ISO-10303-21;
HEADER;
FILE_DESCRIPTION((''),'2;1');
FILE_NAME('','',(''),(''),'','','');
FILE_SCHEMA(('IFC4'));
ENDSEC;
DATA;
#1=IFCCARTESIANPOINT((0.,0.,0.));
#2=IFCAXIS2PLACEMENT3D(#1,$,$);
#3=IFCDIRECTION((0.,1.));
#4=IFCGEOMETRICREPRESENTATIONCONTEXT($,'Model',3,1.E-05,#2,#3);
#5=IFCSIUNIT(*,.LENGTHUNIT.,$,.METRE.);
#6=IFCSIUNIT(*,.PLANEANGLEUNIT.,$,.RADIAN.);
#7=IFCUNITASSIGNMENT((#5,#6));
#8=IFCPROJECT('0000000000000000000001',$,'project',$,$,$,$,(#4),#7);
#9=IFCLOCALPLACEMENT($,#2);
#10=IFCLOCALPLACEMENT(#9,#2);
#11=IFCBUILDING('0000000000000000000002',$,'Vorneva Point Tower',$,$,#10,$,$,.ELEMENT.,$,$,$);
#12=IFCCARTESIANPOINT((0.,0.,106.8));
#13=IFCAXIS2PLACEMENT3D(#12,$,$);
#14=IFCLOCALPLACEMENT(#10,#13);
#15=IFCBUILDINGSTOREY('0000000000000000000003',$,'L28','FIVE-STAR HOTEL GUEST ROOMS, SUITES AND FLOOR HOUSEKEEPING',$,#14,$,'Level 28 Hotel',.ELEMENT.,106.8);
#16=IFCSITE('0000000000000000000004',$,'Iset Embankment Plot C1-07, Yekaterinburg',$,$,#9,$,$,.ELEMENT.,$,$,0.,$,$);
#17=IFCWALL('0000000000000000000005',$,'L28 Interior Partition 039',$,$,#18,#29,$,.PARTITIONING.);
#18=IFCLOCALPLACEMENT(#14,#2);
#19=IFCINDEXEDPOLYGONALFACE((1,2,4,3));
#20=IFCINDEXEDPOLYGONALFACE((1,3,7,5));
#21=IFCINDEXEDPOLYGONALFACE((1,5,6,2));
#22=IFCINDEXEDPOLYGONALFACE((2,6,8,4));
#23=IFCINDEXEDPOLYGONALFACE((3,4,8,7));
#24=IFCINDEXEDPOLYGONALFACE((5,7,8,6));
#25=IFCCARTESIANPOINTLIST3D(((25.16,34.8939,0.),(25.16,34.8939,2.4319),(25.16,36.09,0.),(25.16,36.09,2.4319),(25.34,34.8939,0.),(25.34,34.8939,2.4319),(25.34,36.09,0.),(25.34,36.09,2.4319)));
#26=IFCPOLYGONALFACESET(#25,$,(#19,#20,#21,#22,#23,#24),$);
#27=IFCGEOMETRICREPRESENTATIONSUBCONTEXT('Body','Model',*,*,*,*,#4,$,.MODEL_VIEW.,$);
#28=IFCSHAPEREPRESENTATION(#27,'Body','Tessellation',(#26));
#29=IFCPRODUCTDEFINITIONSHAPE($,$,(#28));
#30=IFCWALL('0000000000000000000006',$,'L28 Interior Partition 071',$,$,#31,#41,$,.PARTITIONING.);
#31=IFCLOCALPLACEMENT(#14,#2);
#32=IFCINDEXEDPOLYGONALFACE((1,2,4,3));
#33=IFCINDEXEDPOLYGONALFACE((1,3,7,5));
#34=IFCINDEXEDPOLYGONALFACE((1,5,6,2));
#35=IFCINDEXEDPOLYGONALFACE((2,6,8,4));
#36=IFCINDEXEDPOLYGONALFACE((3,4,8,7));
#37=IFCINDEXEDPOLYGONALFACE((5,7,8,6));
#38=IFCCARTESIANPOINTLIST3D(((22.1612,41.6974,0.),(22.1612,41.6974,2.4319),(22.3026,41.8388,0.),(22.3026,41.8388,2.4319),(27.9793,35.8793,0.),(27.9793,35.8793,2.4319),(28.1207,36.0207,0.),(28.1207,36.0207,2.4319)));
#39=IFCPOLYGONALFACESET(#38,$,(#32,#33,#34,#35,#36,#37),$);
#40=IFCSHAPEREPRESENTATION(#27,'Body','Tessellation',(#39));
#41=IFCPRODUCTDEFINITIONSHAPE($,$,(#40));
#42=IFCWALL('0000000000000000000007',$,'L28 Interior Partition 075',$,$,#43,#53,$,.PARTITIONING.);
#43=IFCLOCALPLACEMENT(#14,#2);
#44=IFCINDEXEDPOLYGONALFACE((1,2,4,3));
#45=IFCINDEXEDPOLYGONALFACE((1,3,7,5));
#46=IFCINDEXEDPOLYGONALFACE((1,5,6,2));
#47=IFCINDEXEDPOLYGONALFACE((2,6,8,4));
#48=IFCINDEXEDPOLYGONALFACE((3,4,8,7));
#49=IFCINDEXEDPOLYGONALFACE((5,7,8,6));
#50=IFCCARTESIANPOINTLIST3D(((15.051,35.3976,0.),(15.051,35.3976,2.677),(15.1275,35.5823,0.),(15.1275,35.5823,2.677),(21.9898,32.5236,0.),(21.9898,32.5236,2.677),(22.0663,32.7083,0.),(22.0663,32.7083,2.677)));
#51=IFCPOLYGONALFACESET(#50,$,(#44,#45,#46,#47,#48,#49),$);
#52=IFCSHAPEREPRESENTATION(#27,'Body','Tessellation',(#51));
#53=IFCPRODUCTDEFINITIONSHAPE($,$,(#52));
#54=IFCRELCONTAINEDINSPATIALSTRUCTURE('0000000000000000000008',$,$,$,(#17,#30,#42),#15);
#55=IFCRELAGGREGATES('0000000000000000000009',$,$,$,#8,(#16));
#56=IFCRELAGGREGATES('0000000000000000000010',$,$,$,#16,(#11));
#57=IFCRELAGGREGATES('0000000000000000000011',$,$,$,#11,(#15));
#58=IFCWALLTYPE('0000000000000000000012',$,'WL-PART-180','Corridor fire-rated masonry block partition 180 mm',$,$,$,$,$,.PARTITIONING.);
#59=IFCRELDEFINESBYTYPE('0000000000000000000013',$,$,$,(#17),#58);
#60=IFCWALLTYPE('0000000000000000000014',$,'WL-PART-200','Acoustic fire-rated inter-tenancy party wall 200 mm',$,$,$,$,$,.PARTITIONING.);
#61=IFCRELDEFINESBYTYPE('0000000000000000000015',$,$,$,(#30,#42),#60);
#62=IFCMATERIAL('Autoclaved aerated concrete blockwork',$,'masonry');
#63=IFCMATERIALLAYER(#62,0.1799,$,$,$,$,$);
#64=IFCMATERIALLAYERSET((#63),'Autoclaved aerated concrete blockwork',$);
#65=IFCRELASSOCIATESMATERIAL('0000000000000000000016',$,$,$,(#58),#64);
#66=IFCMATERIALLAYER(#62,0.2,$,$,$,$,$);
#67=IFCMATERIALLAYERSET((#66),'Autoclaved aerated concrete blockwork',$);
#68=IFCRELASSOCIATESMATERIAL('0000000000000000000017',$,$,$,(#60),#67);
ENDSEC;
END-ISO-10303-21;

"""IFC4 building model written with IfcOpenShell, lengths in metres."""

from ifc_helpers import new_model, si_unit, direction, frame, frame_2d, origin, place, context, subcontext, project, spatial, rectangle, extrude, material, layer, layer_set, type_object, element, save


model = new_model("IFC4")

# Units and contexts
model_context = context("Model", 3, precision=1e-05, world=origin(), true_north=direction((0.0, 1.0)))
body_context = subcontext(model_context, "Body", "Model", "MODEL_VIEW")
ifc_project = project(units=[si_unit("LENGTHUNIT", "METRE"), si_unit("PLANEANGLEUNIT", "RADIAN")], contexts=[model_context])

# Site, building, storey
site_placement = place(None, origin())
site = spatial("IfcSite", under=ifc_project, at=site_placement, Name="Iset Embankment Plot C1-07, Yekaterinburg", CompositionType="ELEMENT", RefElevation=0.0)
building_placement = place(site_placement, origin())
building = spatial("IfcBuilding", under=site, at=building_placement, Name="Vorneva Point Tower", CompositionType="ELEMENT")
storey_placement = place(building_placement, frame((0.0, 0.0, 106.8)))
storey = spatial("IfcBuildingStorey", under=building, at=storey_placement, Name="L28", Description="FIVE-STAR HOTEL GUEST ROOMS, SUITES AND FLOOR HOUSEKEEPING", LongName="Level 28 Hotel", CompositionType="ELEMENT", Elevation=106.8)

# Shared definitions
ifc_material_1 = material(Name="Autoclaved aerated concrete blockwork", Category="masonry")
ifc_layer_1 = layer(ifc_material_1, 0.1799)
ifc_layer_set_1 = layer_set([ifc_layer_1], Name="Autoclaved aerated concrete blockwork")
wall_type_1 = type_object("IfcWallType", Name="WL-PART-180", Description="Corridor fire-rated masonry block partition 180 mm", PredefinedType="PARTITIONING", material=ifc_layer_set_1)

# Walls
wall_1_placement = place(storey_placement, frame((25.25, 36.0901, 0.0), z_axis=(0.0, 0.0, 1.0), x_axis=(0.0, -1.0, 0.0)))
element("IfcWall", 1, at=wall_1_placement, inside=storey, type_object=wall_type_1, Name="L28 Interior Partition 039", PredefinedType="PARTITIONING", context=body_context, shape_type="SweptSolid", body=[
    extrude(rectangle(XDim=1.196, YDim=0.1799, at=frame_2d((0.5981, 0.0))), origin(), (0.0, 0.0, 1.0), 2.4319),
])
ifc_layer_2 = layer(ifc_material_1, 0.2)
ifc_layer_set_2 = layer_set([ifc_layer_2], Name="Autoclaved aerated concrete blockwork")
wall_type_2 = type_object("IfcWallType", Name="WL-PART-200", Description="Acoustic fire-rated inter-tenancy party wall 200 mm", PredefinedType="PARTITIONING", material=ifc_layer_set_2)
wall_2_placement = place(storey_placement, frame((22.2319, 41.7681, 0.0), z_axis=(0.0, 0.0, 1.0), x_axis=(0.707107, -0.707107, 0.0)))
element("IfcWall", 2, at=wall_2_placement, inside=storey, type_object=wall_type_2, Name="L28 Interior Partition 071", PredefinedType="PARTITIONING", context=body_context, shape_type="SweptSolid", body=[
    extrude(rectangle(XDim=8.228, YDim=0.2, at=frame_2d((4.114, 0.0))), origin(), (0.0, 0.0, 1.0), 2.4319),
])
wall_3_placement = place(storey_placement, frame((15.0891, 35.49, 0.0), z_axis=(0.0, 0.0, 1.0), x_axis=(0.923888, -0.382662, 0.0)))
element("IfcWall", 3, at=wall_3_placement, inside=storey, type_object=wall_type_2, Name="L28 Interior Partition 075", PredefinedType="PARTITIONING", context=body_context, shape_type="SweptSolid", body=[
    extrude(rectangle(XDim=7.5105, YDim=0.2, at=frame_2d((3.7554, 0.0))), origin(), (0.0, 0.0, 1.0), 2.677),
])

save(model, "model.ifc")
